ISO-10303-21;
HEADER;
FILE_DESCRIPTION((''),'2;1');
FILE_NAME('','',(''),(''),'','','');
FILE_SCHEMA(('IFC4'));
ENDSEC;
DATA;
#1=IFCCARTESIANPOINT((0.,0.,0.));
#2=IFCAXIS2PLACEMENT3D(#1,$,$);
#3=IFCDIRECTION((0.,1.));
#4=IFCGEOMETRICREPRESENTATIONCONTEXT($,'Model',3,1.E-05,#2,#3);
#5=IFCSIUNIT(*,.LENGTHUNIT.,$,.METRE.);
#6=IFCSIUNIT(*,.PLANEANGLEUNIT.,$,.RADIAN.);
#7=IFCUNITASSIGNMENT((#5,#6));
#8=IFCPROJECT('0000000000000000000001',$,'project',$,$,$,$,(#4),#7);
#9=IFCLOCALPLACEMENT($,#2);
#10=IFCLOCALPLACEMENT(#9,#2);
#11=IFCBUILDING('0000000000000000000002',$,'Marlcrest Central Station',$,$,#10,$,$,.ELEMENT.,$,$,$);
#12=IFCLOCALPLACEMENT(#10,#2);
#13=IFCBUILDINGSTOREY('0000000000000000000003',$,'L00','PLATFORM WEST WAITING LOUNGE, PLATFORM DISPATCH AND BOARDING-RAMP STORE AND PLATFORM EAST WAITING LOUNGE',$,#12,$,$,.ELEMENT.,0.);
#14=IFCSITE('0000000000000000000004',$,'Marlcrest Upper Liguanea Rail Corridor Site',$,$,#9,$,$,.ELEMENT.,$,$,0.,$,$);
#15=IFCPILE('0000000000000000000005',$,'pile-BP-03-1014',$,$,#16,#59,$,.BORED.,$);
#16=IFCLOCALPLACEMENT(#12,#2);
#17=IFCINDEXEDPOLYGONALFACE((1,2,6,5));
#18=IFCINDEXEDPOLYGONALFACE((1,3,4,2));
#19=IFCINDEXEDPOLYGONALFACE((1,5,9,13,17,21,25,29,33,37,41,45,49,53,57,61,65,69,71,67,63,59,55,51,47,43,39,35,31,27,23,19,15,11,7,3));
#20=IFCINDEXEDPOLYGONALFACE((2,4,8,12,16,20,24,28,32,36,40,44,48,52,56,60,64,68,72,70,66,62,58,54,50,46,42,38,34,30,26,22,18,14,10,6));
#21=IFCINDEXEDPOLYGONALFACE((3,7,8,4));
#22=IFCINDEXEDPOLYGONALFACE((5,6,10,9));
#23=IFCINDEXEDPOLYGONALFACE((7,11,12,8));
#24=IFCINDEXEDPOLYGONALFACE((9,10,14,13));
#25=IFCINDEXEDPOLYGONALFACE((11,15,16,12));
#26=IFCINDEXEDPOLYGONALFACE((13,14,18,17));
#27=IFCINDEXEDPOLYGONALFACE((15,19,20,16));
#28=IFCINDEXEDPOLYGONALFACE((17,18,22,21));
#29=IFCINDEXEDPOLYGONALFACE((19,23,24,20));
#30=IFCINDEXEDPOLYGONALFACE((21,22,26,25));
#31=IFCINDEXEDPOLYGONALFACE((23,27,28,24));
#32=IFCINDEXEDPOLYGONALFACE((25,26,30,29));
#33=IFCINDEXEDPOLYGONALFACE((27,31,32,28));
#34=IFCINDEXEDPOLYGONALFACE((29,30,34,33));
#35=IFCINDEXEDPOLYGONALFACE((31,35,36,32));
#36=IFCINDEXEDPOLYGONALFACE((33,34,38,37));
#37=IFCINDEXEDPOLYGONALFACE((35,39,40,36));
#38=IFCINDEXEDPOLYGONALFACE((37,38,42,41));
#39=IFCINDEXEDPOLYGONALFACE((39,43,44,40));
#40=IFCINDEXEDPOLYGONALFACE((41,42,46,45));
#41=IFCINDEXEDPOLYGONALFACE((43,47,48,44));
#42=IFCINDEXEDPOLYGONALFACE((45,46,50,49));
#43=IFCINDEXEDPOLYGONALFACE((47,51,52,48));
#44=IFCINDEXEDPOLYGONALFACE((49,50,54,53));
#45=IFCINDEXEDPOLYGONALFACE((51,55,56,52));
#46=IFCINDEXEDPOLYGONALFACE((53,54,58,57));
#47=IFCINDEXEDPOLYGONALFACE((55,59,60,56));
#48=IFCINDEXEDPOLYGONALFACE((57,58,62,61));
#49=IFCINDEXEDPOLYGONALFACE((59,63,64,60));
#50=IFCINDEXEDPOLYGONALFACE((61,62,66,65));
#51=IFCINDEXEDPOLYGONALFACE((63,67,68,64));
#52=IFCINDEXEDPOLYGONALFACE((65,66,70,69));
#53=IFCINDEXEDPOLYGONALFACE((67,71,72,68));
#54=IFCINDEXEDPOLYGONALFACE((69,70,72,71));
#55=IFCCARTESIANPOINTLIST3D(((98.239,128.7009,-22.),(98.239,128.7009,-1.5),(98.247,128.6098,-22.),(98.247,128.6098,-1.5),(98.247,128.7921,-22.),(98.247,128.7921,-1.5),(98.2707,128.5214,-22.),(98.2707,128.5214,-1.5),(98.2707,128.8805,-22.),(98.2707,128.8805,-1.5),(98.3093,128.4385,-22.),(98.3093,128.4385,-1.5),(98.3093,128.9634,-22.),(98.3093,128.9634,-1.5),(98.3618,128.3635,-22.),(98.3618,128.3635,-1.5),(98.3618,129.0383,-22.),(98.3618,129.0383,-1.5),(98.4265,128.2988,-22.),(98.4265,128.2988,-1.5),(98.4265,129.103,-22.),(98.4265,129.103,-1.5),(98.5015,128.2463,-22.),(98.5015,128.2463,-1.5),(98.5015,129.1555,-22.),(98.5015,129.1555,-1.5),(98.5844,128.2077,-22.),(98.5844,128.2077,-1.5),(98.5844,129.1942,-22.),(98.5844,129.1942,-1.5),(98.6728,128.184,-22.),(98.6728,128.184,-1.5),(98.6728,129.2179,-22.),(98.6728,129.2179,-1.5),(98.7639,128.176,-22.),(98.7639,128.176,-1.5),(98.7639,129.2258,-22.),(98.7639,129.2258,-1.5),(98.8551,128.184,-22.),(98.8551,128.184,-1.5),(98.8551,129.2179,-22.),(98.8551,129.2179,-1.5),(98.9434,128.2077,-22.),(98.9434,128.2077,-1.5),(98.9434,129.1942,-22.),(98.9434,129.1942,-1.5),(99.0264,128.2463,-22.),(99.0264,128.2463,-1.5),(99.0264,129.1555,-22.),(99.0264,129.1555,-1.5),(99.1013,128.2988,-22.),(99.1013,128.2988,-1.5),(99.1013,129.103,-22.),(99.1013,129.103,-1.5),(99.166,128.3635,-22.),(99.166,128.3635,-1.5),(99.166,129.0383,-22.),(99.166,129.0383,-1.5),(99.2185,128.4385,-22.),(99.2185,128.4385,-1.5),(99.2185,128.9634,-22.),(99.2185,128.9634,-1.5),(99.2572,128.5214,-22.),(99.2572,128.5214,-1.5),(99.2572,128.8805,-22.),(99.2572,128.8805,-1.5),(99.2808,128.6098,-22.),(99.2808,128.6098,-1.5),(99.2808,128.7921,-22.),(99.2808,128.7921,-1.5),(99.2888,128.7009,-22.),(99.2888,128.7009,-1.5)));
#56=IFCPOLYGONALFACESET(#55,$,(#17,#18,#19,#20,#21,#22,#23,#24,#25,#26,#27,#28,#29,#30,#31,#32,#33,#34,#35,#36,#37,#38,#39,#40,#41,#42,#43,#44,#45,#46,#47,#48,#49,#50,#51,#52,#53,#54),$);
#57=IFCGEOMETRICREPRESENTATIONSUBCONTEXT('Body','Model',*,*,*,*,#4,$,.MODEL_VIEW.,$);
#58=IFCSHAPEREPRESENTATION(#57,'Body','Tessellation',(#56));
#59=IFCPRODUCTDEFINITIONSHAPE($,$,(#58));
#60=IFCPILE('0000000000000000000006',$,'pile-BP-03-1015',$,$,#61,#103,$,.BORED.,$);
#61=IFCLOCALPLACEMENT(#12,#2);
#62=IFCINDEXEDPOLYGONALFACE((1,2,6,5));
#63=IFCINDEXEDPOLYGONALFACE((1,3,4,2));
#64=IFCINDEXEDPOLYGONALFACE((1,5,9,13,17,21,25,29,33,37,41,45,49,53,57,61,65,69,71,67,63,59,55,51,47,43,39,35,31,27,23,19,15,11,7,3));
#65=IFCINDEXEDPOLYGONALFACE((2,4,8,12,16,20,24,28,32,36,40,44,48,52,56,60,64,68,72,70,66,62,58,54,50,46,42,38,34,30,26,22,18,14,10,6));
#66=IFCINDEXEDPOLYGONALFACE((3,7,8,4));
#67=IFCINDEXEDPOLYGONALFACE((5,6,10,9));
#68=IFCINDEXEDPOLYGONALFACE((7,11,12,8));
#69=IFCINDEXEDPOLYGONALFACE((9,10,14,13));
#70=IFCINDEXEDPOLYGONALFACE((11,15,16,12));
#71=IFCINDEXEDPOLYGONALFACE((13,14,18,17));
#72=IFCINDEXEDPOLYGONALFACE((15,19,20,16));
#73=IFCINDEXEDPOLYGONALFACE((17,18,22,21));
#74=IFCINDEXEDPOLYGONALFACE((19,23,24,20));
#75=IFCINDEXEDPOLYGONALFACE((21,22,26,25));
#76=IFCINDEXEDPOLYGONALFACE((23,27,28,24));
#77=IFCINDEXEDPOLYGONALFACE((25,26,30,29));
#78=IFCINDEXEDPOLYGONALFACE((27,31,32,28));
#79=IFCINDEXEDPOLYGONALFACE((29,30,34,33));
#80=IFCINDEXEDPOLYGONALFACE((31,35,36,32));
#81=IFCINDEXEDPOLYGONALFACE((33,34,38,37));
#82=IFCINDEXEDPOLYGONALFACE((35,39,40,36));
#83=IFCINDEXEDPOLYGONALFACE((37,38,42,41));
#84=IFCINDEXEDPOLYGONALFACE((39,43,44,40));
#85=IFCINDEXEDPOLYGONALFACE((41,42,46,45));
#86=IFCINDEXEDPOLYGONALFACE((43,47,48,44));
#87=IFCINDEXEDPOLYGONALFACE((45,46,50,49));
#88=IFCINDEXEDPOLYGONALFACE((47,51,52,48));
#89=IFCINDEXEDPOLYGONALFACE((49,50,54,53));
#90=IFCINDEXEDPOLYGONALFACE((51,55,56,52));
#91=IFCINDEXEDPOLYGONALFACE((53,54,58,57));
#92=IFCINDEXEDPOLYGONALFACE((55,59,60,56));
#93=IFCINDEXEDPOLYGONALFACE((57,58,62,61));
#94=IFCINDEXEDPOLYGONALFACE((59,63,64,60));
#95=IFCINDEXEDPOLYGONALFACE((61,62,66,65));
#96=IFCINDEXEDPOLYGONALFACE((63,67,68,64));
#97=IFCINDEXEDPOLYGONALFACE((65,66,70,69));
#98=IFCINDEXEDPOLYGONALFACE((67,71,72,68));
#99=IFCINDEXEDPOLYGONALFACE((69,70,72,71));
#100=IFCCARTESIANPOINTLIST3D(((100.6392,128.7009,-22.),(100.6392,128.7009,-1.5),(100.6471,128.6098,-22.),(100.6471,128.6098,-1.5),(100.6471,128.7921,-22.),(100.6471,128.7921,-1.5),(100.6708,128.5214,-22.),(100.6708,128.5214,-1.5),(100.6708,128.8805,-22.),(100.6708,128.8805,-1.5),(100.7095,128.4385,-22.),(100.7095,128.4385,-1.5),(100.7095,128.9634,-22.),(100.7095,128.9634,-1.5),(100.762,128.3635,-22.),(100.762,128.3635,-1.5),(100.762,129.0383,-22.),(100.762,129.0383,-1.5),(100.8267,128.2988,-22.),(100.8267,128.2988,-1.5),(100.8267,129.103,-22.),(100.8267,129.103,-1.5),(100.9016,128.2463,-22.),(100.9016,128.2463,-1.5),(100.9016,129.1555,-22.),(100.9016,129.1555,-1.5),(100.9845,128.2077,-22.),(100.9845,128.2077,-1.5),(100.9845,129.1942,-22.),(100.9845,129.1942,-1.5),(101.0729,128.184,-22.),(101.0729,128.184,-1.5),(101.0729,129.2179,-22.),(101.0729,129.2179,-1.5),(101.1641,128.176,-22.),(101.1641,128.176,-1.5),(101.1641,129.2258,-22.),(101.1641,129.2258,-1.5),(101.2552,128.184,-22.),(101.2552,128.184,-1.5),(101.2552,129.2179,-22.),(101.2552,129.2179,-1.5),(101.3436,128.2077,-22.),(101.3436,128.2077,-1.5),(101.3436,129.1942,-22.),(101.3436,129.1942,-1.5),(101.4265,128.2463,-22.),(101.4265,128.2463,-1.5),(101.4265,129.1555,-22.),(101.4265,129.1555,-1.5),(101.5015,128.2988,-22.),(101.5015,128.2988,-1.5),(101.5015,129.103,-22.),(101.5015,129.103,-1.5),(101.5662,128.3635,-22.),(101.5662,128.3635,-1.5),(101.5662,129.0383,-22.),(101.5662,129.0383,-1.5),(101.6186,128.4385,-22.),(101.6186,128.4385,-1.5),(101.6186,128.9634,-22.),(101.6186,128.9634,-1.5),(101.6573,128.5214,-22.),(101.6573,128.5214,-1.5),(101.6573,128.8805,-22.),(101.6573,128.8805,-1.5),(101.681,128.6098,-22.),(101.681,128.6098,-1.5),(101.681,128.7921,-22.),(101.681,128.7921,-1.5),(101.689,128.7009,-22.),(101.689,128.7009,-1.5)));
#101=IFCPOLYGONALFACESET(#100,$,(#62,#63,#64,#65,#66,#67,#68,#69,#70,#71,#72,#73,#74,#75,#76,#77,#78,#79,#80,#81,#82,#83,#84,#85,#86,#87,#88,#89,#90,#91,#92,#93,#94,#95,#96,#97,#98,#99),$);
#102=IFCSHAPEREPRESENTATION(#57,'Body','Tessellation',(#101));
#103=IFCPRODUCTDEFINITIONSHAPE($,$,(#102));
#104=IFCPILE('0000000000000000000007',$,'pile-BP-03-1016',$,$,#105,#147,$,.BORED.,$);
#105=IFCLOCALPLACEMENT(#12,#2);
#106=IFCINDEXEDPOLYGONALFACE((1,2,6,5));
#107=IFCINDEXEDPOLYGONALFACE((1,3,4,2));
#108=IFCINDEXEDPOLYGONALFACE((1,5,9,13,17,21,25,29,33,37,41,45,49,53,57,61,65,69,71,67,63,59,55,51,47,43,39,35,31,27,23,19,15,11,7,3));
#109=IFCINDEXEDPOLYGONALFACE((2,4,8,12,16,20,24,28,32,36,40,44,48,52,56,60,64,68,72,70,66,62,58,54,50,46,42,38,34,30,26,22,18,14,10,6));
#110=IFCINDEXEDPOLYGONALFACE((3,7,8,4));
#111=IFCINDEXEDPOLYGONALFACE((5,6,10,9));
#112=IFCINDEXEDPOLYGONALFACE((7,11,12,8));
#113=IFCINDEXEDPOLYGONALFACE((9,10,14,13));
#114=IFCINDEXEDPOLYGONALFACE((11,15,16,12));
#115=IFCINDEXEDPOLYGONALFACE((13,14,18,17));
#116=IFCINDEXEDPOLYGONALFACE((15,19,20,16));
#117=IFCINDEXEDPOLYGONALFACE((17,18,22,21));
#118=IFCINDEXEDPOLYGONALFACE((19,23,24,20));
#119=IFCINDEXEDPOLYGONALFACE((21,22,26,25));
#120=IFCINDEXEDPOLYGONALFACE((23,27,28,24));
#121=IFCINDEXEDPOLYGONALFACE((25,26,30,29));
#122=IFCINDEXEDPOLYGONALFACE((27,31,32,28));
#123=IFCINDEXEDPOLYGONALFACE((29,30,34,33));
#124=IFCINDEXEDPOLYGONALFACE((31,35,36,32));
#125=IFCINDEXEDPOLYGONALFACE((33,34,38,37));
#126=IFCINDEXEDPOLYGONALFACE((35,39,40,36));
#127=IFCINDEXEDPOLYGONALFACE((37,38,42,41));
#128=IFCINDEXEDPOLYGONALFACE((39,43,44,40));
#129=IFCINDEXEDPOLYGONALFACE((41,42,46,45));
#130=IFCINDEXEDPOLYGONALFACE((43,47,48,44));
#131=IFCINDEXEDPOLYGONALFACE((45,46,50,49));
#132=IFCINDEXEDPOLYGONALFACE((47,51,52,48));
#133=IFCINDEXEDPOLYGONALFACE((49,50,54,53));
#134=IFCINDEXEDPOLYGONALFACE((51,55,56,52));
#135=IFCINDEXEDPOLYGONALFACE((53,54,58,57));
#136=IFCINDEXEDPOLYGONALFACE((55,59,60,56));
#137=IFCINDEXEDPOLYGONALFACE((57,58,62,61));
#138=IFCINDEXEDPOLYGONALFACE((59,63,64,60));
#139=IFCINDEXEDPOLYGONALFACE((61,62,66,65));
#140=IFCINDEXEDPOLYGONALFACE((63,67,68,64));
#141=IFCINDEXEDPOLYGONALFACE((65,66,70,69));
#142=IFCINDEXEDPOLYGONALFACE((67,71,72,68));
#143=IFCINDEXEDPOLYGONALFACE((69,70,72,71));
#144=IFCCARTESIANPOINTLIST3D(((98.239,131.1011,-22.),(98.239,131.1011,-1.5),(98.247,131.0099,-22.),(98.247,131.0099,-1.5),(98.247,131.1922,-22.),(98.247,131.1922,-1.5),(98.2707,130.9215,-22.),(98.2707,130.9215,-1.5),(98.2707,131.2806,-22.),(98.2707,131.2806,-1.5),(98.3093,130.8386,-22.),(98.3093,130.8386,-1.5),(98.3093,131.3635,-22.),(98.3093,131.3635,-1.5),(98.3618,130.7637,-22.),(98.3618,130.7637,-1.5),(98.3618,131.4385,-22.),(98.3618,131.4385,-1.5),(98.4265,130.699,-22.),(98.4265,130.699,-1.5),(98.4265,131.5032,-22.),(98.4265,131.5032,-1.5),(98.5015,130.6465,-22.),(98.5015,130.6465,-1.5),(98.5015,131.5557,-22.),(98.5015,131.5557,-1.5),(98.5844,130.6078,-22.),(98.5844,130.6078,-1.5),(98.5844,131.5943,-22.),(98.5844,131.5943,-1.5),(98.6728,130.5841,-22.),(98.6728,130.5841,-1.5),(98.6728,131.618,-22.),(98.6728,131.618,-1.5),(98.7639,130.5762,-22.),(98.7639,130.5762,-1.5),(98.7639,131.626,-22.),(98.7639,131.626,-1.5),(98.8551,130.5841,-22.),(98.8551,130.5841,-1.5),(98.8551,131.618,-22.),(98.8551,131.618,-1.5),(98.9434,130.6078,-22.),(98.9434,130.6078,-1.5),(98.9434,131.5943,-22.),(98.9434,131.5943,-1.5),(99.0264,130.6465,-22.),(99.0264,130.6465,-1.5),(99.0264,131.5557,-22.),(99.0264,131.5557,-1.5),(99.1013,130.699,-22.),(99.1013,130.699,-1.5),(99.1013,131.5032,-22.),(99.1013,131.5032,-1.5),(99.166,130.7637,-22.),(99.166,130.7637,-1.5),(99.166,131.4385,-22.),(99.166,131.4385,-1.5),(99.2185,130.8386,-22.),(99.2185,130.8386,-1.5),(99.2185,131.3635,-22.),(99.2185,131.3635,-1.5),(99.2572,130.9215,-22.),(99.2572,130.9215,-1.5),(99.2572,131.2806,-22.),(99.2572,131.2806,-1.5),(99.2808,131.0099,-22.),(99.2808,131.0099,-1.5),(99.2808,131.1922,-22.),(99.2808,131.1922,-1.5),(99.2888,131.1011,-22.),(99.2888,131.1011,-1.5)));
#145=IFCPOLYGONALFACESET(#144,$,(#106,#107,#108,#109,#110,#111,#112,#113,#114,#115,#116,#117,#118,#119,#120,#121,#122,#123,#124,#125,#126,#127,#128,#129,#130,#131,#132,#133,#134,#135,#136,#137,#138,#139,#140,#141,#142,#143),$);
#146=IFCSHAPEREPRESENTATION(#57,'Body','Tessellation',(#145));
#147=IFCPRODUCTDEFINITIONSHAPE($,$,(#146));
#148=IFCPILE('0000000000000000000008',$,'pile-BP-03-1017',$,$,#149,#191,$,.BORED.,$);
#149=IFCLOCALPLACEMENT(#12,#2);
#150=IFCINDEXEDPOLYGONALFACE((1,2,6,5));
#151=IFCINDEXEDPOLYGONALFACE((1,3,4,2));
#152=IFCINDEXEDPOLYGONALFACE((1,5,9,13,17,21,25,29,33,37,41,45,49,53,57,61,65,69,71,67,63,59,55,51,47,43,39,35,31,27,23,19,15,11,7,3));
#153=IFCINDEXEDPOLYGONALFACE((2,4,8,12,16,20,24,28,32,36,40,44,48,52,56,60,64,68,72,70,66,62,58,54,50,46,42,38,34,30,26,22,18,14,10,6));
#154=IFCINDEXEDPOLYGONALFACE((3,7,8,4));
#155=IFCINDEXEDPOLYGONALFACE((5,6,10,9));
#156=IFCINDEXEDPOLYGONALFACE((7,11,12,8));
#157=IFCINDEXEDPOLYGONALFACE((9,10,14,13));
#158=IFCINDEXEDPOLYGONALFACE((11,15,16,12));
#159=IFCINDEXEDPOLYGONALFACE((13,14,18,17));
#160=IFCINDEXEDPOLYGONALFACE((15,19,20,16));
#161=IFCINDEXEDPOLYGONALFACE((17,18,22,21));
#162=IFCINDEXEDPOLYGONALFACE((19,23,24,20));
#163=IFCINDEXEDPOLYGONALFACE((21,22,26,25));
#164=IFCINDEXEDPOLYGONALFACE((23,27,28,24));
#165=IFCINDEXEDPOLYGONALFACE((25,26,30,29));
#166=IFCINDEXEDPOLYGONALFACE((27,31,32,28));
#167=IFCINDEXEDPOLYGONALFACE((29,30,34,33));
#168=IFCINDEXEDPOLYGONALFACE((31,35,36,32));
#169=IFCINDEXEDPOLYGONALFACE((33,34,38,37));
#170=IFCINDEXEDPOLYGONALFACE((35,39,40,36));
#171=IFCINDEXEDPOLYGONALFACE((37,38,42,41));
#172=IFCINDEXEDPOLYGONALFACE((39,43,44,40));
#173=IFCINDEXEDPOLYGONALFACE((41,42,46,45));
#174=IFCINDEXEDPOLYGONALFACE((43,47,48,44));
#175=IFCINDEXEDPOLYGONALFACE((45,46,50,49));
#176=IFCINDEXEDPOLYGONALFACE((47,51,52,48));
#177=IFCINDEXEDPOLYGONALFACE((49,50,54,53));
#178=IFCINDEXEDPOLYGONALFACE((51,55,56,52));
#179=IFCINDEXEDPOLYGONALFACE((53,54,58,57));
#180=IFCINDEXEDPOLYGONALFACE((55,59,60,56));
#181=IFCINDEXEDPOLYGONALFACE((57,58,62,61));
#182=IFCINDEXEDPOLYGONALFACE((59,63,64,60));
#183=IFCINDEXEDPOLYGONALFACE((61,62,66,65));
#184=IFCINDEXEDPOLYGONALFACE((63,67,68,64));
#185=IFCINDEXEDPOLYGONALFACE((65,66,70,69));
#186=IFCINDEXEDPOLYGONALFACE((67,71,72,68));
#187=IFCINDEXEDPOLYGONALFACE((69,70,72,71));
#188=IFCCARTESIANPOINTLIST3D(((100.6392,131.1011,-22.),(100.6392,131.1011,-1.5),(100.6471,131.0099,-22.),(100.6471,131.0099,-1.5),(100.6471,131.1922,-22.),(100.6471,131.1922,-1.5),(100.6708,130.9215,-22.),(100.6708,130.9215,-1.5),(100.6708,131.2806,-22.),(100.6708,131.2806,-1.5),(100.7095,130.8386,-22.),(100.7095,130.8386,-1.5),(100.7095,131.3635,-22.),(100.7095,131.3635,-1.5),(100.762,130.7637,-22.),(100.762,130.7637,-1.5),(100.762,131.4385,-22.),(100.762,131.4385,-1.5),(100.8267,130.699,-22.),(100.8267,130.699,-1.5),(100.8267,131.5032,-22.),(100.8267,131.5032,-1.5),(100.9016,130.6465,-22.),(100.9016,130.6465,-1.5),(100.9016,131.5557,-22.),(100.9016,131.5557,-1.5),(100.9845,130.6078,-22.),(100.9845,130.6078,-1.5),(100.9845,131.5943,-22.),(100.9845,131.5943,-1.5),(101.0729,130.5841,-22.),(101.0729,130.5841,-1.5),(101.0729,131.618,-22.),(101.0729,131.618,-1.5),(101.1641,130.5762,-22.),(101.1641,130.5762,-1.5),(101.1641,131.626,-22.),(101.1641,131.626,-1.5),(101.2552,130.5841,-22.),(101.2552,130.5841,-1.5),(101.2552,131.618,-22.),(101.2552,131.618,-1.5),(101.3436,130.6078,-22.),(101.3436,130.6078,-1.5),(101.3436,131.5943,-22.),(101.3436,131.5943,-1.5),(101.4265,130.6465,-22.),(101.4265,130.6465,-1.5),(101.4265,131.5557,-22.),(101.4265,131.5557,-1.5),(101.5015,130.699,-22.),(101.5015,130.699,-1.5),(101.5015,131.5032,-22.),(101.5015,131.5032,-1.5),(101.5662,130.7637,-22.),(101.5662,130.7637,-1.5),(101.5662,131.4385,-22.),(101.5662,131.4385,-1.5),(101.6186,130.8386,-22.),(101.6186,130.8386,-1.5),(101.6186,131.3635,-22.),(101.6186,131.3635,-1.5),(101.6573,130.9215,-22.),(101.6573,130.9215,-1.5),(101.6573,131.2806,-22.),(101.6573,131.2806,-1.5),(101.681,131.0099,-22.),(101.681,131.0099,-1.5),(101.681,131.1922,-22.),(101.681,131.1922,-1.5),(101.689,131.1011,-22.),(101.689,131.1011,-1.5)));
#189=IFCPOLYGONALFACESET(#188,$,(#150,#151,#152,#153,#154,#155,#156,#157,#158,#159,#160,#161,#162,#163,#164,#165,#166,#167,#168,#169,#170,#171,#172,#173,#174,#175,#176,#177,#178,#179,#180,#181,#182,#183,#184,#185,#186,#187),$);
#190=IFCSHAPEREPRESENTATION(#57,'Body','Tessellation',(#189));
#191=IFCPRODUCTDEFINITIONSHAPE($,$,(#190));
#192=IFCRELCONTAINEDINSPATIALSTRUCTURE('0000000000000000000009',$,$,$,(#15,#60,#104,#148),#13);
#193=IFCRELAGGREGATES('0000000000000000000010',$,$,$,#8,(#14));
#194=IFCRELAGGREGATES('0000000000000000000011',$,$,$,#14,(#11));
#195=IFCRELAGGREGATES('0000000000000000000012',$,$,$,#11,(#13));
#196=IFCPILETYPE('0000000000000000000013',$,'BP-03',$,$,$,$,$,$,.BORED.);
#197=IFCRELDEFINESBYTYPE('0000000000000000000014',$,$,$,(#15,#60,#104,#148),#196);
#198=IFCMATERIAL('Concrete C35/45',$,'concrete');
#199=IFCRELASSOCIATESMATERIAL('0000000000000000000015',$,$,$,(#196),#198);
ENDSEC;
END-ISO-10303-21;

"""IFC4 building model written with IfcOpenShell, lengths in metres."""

from ifc_helpers import new_model, si_unit, direction, frame, origin, origin_2d, place, context, subcontext, project, spatial, circle, extrude, material, material_profile, profile_set, type_object, element, save


model = new_model("IFC4")

# Units and contexts
model_context = context("Model", 3, precision=1e-05, world=origin(), true_north=direction((0.0, 1.0)))
body_context = subcontext(model_context, "Body", "Model", "MODEL_VIEW")
ifc_project = project(units=[si_unit("LENGTHUNIT", "METRE"), si_unit("PLANEANGLEUNIT", "RADIAN")], contexts=[model_context])

# Site, building, storey
site_placement = place(None, origin())
site = spatial("IfcSite", under=ifc_project, at=site_placement, Name="Marlcrest Upper Liguanea Rail Corridor Site", CompositionType="ELEMENT", RefElevation=0.0)
building_placement = place(site_placement, origin())
building = spatial("IfcBuilding", under=site, at=building_placement, Name="Marlcrest Central Station", CompositionType="ELEMENT")
storey_placement = place(building_placement, origin())
storey = spatial("IfcBuildingStorey", under=building, at=storey_placement, Name="L00", Description="PLATFORM WEST WAITING LOUNGE, PLATFORM DISPATCH AND BOARDING-RAMP STORE AND PLATFORM EAST WAITING LOUNGE", CompositionType="ELEMENT", Elevation=0.0)

# Piles
ifc_material_1 = material(Name="Concrete C35/45", Category="concrete")
ifc_material_profile_1 = material_profile(ifc_material_1, circle(Radius=0.5249, at=origin_2d()), Name="PILE D1050")
ifc_profile_set_1 = profile_set([ifc_material_profile_1], Name="Concrete C35/45")
pile_type_1 = type_object("IfcPileType", Name="BP-03", PredefinedType="BORED", material=ifc_profile_set_1)
for number, where, z_axis, x_axis, name in (
    (1, (98.7639, 128.7009, -1.5), (0.0, 0.0, -1.0), (1.0, 0.0, 0.0), "pile-BP-03-1014"),
    (2, (101.1641, 128.7009, -1.5), (0.0, 0.0, -1.0), (1.0, 0.0, 0.0), "pile-BP-03-1015"),
    (3, (98.7639, 131.1011, -1.5), (0.0, 0.0, -1.0), (1.0, 0.0, 0.0), "pile-BP-03-1016"),
    (4, (101.1641, 131.1011, -1.5), (0.0, 0.0, -1.0), (1.0, 0.0, 0.0), "pile-BP-03-1017"),
):
    element("IfcPile", number, at=place(storey_placement, frame(where, z_axis=z_axis, x_axis=x_axis)), inside=storey, type_object=pile_type_1, Name=name, PredefinedType="BORED", context=body_context, shape_type="SweptSolid", body=[
        extrude(circle(Radius=0.5249, at=origin_2d()), origin(), (0.0, 0.0, 1.0), 20.5),
    ])

save(model, "model.ifc")
